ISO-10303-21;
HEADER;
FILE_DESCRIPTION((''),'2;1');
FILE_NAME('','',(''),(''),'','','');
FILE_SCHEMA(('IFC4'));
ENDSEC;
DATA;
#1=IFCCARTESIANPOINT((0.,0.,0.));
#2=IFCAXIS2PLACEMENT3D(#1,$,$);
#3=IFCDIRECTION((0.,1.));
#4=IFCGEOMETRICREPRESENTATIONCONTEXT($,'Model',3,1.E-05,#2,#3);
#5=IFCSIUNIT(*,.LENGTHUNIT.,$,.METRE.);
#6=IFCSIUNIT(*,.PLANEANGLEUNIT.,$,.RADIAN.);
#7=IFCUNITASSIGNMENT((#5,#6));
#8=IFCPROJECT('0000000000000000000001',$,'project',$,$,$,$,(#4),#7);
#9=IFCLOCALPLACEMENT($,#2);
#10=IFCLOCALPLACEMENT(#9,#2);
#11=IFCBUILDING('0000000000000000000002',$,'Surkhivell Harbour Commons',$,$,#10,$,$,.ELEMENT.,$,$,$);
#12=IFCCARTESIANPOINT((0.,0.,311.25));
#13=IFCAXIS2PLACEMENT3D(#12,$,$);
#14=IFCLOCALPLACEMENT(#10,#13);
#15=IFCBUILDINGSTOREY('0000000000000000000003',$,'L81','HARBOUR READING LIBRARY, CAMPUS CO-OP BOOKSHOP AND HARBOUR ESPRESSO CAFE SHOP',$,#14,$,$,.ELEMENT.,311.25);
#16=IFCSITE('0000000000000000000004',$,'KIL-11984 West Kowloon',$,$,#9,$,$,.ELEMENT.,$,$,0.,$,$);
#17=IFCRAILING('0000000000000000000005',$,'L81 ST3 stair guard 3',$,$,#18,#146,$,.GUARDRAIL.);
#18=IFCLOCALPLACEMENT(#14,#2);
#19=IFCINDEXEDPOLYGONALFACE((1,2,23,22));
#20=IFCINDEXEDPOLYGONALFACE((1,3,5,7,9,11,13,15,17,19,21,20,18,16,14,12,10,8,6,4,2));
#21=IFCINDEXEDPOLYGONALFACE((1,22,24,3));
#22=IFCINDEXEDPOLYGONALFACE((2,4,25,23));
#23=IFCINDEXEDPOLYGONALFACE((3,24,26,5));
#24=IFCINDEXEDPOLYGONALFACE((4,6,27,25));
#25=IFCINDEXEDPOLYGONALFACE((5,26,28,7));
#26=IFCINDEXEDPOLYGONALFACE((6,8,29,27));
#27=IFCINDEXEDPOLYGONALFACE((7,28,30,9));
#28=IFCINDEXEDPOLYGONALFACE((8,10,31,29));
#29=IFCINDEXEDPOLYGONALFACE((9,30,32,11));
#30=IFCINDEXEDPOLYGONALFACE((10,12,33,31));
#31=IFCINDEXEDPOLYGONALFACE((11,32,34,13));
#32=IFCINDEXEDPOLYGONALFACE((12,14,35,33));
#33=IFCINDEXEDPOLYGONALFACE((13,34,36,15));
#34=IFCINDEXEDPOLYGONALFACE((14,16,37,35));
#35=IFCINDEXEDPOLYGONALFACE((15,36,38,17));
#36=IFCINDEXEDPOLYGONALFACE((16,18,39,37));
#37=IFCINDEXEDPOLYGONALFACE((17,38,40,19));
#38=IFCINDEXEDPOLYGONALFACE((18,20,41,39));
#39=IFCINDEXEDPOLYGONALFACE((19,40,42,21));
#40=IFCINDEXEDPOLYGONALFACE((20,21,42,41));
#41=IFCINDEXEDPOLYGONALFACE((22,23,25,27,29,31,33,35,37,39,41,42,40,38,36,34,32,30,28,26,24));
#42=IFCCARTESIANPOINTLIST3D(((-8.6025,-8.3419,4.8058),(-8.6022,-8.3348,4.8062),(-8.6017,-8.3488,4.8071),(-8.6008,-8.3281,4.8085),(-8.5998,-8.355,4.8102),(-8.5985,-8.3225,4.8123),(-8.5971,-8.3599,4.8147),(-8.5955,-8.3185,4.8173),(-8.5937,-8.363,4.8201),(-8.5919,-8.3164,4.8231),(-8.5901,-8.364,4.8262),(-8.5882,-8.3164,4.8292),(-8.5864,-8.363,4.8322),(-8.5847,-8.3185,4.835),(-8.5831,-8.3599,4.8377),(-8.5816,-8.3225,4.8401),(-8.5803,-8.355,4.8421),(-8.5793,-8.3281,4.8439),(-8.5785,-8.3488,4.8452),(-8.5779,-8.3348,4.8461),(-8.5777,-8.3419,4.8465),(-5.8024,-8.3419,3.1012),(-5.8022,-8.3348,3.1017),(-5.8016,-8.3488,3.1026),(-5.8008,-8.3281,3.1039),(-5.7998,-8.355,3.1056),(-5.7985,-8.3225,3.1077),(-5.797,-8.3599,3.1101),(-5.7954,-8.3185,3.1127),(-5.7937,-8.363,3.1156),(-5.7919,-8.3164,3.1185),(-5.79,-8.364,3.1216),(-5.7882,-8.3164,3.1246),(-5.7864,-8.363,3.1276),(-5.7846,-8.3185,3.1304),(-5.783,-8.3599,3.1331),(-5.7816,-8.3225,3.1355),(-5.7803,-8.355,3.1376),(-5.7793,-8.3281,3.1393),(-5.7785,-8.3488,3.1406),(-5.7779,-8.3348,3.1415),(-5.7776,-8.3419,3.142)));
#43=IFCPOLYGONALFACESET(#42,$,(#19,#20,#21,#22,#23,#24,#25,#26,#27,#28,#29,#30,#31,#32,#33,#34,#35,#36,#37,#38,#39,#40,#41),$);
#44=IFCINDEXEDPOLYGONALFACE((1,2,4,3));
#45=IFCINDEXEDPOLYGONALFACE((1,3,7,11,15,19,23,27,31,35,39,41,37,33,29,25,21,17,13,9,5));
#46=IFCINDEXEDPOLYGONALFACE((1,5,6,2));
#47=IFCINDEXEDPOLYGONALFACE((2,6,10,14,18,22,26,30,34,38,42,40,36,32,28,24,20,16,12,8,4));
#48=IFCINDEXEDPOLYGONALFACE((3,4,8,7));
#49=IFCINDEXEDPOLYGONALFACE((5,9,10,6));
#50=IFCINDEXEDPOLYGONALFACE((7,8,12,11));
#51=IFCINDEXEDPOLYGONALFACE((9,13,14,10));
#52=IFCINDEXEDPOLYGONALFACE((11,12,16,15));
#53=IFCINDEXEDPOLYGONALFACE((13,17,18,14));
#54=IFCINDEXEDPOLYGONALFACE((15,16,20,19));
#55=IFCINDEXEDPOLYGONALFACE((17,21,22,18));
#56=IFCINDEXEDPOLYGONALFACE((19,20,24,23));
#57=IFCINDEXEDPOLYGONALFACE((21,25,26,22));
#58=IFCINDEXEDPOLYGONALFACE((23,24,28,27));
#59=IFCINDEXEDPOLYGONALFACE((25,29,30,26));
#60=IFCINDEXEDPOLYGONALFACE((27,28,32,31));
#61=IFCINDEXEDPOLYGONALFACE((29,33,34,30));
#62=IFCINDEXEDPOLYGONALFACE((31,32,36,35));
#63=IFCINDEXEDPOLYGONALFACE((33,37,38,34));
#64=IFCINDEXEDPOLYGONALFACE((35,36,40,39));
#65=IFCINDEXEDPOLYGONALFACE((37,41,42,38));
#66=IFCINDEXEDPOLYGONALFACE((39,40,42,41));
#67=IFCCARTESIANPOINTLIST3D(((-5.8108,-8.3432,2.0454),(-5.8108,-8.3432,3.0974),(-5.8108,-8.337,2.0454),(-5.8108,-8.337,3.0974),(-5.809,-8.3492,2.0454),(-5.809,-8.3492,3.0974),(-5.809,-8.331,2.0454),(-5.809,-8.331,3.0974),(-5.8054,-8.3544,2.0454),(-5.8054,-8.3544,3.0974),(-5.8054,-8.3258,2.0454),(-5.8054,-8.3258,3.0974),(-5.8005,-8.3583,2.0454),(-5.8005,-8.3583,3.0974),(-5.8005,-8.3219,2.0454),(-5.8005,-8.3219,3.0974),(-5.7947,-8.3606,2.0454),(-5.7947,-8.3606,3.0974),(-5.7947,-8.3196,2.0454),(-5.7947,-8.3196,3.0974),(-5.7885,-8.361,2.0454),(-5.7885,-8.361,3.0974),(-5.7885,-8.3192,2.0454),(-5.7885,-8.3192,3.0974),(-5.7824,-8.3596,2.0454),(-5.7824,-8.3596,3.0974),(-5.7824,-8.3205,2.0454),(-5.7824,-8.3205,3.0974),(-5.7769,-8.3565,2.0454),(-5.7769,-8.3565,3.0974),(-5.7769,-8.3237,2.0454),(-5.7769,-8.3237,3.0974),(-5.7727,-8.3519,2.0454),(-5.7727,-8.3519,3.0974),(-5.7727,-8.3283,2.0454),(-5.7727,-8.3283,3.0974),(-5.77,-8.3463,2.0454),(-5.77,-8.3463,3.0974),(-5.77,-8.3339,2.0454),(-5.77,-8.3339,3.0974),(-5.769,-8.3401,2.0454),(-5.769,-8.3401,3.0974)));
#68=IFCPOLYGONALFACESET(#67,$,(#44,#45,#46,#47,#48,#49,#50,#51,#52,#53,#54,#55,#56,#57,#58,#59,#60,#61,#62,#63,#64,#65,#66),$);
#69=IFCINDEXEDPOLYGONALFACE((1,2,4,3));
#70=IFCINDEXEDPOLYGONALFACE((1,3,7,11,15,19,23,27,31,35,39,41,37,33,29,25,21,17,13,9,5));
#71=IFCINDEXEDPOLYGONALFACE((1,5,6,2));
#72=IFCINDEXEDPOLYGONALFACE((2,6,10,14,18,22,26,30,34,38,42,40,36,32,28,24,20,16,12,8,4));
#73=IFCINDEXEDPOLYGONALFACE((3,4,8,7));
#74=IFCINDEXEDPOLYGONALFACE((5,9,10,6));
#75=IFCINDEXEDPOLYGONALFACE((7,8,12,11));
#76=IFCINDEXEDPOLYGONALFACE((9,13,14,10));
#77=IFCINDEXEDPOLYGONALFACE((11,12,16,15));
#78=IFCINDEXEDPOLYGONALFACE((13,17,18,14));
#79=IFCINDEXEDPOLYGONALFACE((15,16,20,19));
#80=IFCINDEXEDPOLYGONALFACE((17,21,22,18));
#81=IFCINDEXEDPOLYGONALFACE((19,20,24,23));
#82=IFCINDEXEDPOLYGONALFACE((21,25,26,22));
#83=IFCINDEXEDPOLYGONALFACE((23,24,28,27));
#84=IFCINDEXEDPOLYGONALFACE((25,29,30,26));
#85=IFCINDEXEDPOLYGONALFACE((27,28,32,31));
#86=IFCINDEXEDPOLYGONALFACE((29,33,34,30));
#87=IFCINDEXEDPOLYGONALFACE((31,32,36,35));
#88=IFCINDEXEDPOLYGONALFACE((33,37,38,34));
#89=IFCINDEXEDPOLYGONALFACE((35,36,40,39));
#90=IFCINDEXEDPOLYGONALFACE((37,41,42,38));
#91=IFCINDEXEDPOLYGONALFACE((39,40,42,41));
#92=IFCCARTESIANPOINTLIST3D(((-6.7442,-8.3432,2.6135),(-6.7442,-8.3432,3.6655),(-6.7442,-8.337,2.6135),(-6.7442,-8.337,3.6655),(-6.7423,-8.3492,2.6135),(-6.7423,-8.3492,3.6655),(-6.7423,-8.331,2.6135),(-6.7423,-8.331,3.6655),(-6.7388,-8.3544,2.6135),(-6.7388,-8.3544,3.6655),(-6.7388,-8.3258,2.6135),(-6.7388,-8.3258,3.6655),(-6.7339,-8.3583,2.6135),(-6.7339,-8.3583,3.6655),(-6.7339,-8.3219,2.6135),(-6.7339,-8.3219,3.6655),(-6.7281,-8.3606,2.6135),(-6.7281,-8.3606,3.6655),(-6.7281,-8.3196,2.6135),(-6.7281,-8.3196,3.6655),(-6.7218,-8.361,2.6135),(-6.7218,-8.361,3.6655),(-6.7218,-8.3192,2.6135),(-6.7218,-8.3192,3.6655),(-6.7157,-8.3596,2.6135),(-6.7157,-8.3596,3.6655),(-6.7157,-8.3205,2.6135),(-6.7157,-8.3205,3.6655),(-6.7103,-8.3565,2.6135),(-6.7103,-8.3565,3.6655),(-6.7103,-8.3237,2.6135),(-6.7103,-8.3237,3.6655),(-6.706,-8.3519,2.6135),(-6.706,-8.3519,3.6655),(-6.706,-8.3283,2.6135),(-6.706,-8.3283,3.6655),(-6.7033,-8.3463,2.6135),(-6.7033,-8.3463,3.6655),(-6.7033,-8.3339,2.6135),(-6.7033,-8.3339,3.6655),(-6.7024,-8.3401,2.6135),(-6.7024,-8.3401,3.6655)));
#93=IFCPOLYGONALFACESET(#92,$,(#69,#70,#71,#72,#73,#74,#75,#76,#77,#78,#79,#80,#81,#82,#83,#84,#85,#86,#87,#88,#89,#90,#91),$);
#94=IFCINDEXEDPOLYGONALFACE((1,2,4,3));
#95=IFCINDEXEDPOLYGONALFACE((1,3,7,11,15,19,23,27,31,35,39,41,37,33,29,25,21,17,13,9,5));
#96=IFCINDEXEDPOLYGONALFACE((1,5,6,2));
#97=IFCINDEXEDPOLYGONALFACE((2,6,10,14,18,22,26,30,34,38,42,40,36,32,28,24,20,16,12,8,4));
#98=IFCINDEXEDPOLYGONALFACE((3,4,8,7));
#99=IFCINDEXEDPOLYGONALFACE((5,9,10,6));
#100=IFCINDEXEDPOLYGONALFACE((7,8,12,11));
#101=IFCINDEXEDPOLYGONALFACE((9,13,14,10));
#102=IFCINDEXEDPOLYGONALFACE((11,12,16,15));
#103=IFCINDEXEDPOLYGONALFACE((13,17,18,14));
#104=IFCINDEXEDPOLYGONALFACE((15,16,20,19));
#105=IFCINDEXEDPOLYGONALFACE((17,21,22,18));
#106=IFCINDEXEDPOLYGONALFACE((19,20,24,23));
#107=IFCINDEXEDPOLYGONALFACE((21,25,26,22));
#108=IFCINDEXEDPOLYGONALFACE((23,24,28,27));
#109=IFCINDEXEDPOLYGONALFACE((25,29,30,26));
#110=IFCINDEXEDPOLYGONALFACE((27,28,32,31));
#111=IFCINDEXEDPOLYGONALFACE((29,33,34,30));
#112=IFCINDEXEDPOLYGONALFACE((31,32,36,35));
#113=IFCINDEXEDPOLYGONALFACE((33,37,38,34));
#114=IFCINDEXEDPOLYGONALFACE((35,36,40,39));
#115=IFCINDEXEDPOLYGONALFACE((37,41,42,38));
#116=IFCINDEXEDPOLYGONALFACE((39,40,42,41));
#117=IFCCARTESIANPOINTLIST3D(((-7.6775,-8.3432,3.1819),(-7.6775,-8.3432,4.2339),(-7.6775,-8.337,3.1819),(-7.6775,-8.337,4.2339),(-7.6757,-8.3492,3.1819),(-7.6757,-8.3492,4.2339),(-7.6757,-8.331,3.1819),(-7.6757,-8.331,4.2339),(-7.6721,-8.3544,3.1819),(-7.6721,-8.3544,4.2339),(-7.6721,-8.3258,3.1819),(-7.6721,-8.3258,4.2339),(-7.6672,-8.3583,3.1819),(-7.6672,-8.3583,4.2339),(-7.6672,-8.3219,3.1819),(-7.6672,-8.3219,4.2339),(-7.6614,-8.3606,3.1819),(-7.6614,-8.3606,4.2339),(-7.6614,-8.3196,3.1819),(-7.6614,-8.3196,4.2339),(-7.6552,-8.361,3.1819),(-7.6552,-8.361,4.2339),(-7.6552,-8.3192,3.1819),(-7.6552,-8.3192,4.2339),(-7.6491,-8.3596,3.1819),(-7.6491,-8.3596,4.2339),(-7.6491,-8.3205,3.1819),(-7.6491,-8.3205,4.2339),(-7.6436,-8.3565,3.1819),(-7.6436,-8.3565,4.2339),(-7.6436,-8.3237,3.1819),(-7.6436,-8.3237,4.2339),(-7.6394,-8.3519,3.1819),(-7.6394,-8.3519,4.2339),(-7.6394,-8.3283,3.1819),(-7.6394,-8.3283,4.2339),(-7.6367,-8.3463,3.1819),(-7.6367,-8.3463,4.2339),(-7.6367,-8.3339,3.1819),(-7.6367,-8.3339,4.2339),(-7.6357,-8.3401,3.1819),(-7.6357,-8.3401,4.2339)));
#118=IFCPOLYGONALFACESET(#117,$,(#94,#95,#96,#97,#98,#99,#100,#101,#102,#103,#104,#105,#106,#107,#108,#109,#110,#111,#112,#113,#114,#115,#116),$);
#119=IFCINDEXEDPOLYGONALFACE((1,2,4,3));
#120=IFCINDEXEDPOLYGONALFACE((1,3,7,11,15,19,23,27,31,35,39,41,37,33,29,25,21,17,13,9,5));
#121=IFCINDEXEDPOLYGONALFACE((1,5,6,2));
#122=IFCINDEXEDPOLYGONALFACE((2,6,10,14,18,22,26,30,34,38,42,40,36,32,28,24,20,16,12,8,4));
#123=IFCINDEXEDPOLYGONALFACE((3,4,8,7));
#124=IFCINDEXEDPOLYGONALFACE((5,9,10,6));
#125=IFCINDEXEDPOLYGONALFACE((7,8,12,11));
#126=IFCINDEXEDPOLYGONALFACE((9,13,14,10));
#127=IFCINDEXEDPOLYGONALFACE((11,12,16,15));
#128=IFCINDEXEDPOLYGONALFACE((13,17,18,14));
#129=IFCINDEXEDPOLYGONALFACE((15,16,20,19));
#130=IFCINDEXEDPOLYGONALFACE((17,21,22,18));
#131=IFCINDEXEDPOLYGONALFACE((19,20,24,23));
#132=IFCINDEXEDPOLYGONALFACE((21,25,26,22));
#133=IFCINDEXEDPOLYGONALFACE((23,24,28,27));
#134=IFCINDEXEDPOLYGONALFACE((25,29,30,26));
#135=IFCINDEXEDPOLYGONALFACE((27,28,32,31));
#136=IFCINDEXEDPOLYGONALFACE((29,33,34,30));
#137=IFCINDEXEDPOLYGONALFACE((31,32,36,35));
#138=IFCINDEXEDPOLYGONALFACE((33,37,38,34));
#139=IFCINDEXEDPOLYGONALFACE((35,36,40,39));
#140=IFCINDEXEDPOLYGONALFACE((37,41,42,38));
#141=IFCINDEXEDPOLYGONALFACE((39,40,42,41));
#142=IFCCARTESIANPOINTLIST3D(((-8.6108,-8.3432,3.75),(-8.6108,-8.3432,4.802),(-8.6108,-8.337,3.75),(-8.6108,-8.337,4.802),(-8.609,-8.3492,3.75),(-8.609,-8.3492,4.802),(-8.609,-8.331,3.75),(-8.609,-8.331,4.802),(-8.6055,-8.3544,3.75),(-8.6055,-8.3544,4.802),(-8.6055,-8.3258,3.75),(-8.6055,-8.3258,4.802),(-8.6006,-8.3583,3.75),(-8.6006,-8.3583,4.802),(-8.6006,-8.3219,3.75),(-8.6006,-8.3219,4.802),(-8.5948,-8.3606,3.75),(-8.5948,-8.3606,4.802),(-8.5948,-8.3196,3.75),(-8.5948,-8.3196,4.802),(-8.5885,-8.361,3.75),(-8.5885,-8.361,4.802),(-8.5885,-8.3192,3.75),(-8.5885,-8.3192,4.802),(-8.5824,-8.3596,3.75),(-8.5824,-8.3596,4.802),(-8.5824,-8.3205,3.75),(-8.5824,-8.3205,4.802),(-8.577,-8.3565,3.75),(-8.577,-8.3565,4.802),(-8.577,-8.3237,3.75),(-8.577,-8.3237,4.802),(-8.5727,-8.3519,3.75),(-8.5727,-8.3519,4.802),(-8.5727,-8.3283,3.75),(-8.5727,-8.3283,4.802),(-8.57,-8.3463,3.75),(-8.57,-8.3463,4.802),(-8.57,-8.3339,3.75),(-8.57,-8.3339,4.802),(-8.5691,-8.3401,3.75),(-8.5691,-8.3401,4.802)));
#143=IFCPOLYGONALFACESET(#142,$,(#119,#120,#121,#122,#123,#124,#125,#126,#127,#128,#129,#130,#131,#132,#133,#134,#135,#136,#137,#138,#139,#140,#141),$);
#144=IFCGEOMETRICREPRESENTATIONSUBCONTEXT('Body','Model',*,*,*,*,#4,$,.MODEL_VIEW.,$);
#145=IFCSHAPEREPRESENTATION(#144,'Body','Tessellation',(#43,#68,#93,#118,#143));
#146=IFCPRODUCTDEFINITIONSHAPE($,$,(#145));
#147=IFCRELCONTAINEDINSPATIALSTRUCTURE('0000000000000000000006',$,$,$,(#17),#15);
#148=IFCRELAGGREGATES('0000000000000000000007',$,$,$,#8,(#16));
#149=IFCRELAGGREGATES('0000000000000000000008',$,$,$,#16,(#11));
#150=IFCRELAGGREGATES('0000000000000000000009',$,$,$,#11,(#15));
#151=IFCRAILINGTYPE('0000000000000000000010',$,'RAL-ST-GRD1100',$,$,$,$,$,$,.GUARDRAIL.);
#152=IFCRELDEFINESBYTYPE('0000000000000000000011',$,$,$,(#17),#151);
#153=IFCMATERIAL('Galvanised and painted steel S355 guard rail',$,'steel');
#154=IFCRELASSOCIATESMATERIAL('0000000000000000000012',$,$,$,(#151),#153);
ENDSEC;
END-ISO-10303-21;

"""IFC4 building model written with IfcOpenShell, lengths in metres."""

from ifc_helpers import new_model, si_unit, direction, frame, origin, origin_2d, place, context, subcontext, project, spatial, circle, extrude, material, type_object, element, save


model = new_model("IFC4")

# Units and contexts
model_context = context("Model", 3, precision=1e-05, world=origin(), true_north=direction((0.0, 1.0)))
body_context = subcontext(model_context, "Body", "Model", "MODEL_VIEW")
ifc_project = project(units=[si_unit("LENGTHUNIT", "METRE"), si_unit("PLANEANGLEUNIT", "RADIAN")], contexts=[model_context])

# Site, building, storey
site_placement = place(None, origin())
site = spatial("IfcSite", under=ifc_project, at=site_placement, Name="KIL-11984 West Kowloon", CompositionType="ELEMENT", RefElevation=0.0)
building_placement = place(site_placement, origin())
building = spatial("IfcBuilding", under=site, at=building_placement, Name="Surkhivell Harbour Commons", CompositionType="ELEMENT")
storey_placement = place(building_placement, frame((0.0, 0.0, 311.25)))
storey = spatial("IfcBuildingStorey", under=building, at=storey_placement, Name="L81", Description="HARBOUR READING LIBRARY, CAMPUS CO-OP BOOKSHOP AND HARBOUR ESPRESSO CAFE SHOP", CompositionType="ELEMENT", Elevation=311.25)

# Railing
ifc_material_1 = material(Name="Galvanised and painted steel S355 guard rail", Category="steel")
railing_type_1 = type_object("IfcRailingType", Name="RAL-ST-GRD1100", PredefinedType="GUARDRAIL", material=ifc_material_1)
railing_1_placement = place(storey_placement, frame((-5.79, -8.3401, 2.0454)))
element("IfcRailing", 1, at=railing_1_placement, inside=storey, type_object=railing_type_1, Name="L81 ST3 stair guard 3", PredefinedType="GUARDRAIL", context=body_context, shape_type="SweptSolid", body=[
    extrude(circle(Radius=0.0239, at=origin_2d()), frame((0.0, 0.0, 1.0762), z_axis=(-0.85417, 0.0, 0.519994), x_axis=(0.0, -1.0, 0.0)), (0.0, 0.0, 1.0), 3.2781),
    extrude(circle(Radius=0.021, at=origin_2d()), origin(), (0.0, 0.0, 1.0), 1.052),
    extrude(circle(Radius=0.021, at=origin_2d()), frame((-0.9333, 0.0, 0.5681)), (0.0, 0.0, 1.0), 1.052),
    extrude(circle(Radius=0.021, at=origin_2d()), frame((-1.8667, 0.0, 1.1365)), (0.0, 0.0, 1.0), 1.052),
    extrude(circle(Radius=0.021, at=origin_2d()), frame((-2.8, 0.0, 1.7046)), (0.0, 0.0, 1.0), 1.052),
])

save(model, "model.ifc")
